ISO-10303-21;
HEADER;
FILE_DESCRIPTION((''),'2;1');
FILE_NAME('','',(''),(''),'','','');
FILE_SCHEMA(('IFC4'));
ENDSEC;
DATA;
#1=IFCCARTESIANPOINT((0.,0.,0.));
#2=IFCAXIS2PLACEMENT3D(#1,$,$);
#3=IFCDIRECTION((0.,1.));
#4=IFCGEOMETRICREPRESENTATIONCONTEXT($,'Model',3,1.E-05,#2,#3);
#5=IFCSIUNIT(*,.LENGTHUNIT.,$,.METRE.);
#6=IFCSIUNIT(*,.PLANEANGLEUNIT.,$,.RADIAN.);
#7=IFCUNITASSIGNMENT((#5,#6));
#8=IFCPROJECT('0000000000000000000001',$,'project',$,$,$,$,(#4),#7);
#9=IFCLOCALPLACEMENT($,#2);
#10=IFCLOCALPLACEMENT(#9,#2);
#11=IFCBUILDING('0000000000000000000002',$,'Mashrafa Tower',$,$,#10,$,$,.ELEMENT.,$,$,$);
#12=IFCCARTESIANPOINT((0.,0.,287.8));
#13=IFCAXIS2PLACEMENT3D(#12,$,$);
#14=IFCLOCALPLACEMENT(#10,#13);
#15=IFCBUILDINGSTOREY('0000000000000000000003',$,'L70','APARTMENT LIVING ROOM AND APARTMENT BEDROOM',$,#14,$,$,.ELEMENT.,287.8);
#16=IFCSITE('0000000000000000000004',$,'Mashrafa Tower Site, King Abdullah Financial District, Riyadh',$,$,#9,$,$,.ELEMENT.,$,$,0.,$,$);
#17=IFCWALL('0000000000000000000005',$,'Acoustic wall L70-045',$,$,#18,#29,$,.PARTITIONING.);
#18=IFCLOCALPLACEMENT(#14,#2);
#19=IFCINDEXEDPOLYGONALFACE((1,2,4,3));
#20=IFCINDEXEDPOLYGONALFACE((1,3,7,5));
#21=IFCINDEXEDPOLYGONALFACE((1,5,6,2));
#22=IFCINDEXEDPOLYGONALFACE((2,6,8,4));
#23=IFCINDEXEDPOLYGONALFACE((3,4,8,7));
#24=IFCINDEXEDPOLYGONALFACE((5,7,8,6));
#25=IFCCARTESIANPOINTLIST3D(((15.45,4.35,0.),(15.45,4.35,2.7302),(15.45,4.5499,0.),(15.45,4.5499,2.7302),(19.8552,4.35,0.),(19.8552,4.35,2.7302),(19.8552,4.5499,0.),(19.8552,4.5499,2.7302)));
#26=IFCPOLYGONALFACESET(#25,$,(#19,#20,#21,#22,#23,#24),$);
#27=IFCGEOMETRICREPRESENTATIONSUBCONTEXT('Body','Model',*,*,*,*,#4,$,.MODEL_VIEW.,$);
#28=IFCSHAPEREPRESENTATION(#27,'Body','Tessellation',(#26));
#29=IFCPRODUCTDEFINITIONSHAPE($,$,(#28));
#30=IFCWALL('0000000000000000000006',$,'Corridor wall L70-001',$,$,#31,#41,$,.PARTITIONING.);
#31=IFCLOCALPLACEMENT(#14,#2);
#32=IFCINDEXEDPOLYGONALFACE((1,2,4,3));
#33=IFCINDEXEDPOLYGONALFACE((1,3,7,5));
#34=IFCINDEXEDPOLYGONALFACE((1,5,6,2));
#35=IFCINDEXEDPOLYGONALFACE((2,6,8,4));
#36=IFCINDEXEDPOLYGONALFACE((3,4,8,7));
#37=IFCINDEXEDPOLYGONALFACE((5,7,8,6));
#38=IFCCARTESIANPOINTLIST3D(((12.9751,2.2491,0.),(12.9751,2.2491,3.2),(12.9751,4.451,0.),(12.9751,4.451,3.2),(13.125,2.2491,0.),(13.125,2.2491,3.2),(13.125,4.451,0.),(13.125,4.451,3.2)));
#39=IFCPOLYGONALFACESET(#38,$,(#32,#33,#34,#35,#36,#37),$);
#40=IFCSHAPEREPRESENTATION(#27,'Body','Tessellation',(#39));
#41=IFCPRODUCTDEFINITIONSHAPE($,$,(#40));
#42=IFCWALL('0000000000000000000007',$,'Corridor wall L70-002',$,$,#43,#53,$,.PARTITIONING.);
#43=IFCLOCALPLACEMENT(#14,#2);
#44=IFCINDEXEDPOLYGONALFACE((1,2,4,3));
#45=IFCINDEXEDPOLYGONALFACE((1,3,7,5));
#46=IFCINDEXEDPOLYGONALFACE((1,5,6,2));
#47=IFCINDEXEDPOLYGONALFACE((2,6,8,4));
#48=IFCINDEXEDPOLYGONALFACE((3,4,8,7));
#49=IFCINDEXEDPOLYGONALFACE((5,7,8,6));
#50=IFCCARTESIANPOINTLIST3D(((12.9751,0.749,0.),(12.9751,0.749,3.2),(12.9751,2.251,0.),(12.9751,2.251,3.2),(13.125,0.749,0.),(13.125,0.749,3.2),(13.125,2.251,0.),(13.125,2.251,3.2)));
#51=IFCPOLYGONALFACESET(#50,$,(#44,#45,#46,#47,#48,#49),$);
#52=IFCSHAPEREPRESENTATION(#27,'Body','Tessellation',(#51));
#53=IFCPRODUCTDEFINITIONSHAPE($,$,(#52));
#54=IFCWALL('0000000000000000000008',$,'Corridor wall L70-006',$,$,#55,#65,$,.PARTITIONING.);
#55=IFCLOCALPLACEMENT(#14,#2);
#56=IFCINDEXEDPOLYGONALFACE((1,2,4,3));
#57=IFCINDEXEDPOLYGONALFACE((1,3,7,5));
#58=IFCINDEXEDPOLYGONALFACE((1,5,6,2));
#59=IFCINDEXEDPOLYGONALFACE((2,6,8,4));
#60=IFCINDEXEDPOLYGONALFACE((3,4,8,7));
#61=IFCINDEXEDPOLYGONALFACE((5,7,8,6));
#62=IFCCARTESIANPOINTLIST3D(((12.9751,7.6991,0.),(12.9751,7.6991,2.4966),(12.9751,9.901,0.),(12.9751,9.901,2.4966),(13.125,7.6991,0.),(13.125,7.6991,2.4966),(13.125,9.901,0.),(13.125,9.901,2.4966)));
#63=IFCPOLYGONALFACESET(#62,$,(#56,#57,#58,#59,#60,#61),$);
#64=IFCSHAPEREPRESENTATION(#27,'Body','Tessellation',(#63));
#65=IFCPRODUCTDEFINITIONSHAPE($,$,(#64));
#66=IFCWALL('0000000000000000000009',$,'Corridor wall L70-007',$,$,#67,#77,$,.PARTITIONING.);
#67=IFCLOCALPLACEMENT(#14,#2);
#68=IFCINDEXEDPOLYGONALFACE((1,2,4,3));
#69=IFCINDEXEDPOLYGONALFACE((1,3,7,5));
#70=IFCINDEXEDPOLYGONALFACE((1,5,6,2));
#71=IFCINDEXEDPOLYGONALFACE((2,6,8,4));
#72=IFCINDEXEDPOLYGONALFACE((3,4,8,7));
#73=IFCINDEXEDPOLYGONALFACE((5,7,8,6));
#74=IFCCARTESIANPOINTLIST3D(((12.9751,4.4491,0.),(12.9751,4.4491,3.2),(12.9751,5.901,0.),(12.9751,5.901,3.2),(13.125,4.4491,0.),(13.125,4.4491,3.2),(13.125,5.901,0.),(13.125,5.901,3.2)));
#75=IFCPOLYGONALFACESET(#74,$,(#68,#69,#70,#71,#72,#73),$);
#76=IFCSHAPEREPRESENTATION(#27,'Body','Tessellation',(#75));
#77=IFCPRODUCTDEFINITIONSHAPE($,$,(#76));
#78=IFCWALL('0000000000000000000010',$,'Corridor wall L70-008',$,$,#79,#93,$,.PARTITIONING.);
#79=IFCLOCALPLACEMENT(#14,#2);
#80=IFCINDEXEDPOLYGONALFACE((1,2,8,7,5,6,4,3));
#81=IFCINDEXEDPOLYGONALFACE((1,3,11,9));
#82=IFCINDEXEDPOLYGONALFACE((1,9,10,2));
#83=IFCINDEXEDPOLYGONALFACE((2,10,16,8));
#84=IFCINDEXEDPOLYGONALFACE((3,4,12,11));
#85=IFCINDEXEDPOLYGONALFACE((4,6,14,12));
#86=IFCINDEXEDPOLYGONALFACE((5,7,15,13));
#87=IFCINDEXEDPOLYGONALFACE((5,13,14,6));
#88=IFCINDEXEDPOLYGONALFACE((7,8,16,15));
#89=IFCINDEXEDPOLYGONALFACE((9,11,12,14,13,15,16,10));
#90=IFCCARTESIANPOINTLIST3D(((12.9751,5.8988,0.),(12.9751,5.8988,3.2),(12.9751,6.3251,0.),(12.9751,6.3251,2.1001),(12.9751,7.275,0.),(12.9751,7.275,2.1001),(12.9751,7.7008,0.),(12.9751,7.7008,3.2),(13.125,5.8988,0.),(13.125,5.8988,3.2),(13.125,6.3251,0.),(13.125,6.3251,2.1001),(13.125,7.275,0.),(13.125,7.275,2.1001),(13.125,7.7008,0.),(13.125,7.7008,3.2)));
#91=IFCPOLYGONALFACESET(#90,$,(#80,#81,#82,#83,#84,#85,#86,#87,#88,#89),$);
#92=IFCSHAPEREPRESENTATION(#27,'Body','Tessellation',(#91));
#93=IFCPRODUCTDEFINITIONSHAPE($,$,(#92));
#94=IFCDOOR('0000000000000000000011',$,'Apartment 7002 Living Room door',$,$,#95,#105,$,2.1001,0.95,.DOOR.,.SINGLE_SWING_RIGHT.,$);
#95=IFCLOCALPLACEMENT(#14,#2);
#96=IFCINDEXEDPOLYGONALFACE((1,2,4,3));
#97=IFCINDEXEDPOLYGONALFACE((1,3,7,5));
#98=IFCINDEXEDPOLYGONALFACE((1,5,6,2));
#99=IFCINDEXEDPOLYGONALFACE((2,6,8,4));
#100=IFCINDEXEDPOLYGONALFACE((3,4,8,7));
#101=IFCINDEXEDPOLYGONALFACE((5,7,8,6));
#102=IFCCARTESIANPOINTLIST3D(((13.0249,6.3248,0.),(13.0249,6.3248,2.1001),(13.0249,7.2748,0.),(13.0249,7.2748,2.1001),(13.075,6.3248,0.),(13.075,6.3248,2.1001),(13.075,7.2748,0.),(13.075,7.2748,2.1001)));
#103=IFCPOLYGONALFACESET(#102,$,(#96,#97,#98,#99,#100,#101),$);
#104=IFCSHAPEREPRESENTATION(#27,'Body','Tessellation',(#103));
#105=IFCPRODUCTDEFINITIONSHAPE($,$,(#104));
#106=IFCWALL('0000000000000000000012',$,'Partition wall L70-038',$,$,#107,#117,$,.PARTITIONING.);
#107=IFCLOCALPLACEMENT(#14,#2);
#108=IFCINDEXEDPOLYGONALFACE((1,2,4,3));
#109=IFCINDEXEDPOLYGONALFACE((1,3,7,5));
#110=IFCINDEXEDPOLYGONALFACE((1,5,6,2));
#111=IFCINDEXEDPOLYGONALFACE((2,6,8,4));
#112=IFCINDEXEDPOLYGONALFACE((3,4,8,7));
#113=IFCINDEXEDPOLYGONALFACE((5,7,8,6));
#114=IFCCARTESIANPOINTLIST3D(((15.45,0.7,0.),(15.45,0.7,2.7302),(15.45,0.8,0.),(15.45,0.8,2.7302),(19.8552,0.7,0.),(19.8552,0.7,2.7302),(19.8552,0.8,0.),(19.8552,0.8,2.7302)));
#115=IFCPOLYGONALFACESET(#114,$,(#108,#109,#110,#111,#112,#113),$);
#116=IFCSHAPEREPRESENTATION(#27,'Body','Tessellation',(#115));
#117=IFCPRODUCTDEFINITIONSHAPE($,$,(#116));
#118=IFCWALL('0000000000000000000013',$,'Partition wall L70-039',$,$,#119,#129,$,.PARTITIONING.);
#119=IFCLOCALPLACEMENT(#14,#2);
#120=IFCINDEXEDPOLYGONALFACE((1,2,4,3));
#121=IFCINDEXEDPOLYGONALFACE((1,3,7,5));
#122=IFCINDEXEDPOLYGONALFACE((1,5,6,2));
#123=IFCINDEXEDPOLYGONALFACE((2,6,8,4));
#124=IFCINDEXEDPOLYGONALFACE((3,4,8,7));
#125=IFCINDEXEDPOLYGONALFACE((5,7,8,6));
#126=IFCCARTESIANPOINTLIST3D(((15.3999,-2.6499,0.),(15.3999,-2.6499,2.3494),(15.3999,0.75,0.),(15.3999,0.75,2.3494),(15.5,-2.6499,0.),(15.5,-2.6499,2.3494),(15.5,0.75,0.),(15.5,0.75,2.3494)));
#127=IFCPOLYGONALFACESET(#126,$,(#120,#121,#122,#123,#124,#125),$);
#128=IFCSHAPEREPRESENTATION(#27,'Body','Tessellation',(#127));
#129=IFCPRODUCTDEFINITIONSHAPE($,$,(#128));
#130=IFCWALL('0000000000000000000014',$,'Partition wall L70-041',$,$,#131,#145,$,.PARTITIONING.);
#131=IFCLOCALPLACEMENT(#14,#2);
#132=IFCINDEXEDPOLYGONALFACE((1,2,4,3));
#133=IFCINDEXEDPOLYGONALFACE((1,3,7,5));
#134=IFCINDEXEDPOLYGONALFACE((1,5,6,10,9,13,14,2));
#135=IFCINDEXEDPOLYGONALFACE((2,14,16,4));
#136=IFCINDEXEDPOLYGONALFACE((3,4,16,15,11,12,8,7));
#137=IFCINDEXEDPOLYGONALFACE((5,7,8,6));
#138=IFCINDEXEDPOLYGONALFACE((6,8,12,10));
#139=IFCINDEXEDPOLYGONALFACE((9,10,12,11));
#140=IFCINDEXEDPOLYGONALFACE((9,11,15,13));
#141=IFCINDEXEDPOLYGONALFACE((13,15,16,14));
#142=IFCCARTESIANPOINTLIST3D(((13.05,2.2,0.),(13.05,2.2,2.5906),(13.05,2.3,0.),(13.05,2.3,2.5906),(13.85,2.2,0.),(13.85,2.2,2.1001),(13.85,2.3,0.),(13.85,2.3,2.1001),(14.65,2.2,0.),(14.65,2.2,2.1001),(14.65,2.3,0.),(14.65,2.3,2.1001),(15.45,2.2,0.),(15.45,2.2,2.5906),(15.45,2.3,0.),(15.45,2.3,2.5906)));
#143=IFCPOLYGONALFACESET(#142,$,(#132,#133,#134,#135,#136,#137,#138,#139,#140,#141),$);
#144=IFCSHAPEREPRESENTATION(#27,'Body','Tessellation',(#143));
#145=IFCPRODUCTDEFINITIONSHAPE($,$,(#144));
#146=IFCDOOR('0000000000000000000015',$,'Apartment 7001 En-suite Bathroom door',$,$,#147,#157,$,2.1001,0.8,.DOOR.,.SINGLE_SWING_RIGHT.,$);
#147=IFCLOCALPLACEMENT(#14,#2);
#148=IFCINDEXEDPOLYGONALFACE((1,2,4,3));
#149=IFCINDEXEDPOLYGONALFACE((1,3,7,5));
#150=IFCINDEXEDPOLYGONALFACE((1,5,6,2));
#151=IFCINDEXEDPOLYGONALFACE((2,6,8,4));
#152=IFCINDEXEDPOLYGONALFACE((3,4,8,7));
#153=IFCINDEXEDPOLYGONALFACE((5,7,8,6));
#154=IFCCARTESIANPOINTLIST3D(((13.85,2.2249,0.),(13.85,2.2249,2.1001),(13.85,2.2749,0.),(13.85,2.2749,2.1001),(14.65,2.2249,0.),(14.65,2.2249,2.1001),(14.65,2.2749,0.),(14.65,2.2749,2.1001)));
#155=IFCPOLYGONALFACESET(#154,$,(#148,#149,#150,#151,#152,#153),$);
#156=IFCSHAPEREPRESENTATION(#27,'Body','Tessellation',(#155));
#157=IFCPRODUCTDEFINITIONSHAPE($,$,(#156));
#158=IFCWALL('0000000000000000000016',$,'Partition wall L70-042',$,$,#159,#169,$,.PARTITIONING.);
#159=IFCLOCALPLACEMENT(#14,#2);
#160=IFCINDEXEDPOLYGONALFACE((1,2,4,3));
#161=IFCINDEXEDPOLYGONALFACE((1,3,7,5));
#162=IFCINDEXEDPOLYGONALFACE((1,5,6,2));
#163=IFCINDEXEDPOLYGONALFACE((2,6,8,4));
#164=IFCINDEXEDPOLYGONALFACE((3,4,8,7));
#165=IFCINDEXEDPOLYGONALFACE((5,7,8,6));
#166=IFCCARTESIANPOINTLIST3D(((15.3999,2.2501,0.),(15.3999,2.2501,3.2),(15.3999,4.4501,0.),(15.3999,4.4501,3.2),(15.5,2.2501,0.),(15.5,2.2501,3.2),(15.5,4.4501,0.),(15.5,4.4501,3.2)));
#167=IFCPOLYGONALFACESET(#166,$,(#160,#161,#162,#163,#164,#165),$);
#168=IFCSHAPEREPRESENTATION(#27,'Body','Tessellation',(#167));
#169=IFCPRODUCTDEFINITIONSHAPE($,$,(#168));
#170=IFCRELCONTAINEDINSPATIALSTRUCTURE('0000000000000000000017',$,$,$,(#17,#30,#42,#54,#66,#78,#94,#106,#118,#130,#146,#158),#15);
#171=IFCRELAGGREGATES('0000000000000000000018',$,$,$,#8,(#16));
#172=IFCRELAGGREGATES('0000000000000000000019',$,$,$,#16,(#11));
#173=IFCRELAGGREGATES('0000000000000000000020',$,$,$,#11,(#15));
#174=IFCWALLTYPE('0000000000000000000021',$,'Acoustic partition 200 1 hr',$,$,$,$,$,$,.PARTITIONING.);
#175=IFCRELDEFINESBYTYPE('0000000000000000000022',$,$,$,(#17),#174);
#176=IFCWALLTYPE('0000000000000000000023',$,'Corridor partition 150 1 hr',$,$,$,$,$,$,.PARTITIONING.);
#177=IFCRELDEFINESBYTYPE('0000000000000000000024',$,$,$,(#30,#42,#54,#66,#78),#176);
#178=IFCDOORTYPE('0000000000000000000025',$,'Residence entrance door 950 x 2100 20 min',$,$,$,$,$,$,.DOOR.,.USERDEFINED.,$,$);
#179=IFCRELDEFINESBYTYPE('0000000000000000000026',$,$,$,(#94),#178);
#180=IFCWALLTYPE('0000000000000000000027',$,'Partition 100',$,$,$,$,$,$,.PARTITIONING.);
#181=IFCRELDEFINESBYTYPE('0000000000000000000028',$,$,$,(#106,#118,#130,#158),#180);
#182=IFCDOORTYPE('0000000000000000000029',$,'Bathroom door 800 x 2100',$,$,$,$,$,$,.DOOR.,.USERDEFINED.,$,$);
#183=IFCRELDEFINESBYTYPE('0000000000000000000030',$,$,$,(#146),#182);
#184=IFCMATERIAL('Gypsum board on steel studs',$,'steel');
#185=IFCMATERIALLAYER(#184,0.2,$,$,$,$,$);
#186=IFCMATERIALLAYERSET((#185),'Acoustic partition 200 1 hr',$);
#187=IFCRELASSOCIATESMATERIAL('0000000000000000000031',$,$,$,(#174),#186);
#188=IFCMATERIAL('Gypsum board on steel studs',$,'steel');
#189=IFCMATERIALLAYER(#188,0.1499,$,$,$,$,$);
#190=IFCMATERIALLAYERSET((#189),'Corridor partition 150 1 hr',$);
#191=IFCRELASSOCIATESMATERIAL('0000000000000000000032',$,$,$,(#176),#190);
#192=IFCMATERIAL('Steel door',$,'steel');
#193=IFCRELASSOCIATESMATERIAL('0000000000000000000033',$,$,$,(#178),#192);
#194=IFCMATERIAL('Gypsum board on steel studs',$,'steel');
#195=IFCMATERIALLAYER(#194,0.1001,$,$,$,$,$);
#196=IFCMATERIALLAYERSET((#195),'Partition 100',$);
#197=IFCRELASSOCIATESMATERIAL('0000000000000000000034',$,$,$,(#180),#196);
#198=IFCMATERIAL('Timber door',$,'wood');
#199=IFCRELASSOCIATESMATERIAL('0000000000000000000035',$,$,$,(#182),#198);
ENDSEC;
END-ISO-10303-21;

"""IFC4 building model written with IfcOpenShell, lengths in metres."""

from ifc_helpers import new_model, si_unit, direction, frame, frame_2d, origin, place, context, subcontext, project, spatial, rectangle, extrude, material, layer, layer_set, type_object, element, fill, save


model = new_model("IFC4")

# Units and contexts
model_context = context("Model", 3, precision=1e-05, world=origin(), true_north=direction((0.0, 1.0)))
body_context = subcontext(model_context, "Body", "Model", "MODEL_VIEW")
ifc_project = project(units=[si_unit("LENGTHUNIT", "METRE"), si_unit("PLANEANGLEUNIT", "RADIAN")], contexts=[model_context])

# Site, building, storey
site_placement = place(None, origin())
site = spatial("IfcSite", under=ifc_project, at=site_placement, Name="Mashrafa Tower Site, King Abdullah Financial District, Riyadh", CompositionType="ELEMENT", RefElevation=0.0)
building_placement = place(site_placement, origin())
building = spatial("IfcBuilding", under=site, at=building_placement, Name="Mashrafa Tower", CompositionType="ELEMENT")
storey_placement = place(building_placement, frame((0.0, 0.0, 287.8)))
storey = spatial("IfcBuildingStorey", under=building, at=storey_placement, Name="L70", Description="APARTMENT LIVING ROOM AND APARTMENT BEDROOM", CompositionType="ELEMENT", Elevation=287.8)

# Walls
ifc_material_1 = material(Name="Gypsum board on steel studs", Category="steel")
ifc_layer_1 = layer(ifc_material_1, 0.2)
ifc_layer_set_1 = layer_set([ifc_layer_1], Name="Acoustic partition 200 1 hr")
wall_type_1 = type_object("IfcWallType", Name="Acoustic partition 200 1 hr", PredefinedType="PARTITIONING", material=ifc_layer_set_1)
wall_1_placement = place(storey_placement, frame((19.8552, 4.45, 0.0), z_axis=(0.0, 0.0, 1.0), x_axis=(-1.0, 0.0, 0.0)))
element("IfcWall", 1, at=wall_1_placement, inside=storey, type_object=wall_type_1, Name="Acoustic wall L70-045", PredefinedType="PARTITIONING", context=body_context, shape_type="SweptSolid", body=[
    extrude(rectangle(XDim=4.4053, YDim=0.2, at=frame_2d((2.2026, 0.0))), origin(), (0.0, 0.0, 1.0), 2.7302),
])
ifc_material_2 = material(Name="Gypsum board on steel studs", Category="steel")
ifc_layer_2 = layer(ifc_material_2, 0.1499)
ifc_layer_set_2 = layer_set([ifc_layer_2], Name="Corridor partition 150 1 hr")
wall_type_2 = type_object("IfcWallType", Name="Corridor partition 150 1 hr", PredefinedType="PARTITIONING", material=ifc_layer_set_2)
wall_2_placement = place(storey_placement, frame((13.05, 2.249, 0.0), z_axis=(0.0, 0.0, 1.0), x_axis=(0.0, 1.0, 0.0)))
element("IfcWall", 2, at=wall_2_placement, inside=storey, type_object=wall_type_2, Name="Corridor wall L70-001", PredefinedType="PARTITIONING", context=body_context, shape_type="SweptSolid", body=[
    extrude(rectangle(XDim=2.2019, YDim=0.1499, at=frame_2d((1.1011, 0.0))), origin(), (0.0, 0.0, 1.0), 3.2),
])
wall_3_placement = place(storey_placement, frame((13.05, 0.749, 0.0), z_axis=(0.0, 0.0, 1.0), x_axis=(0.0, 1.0, 0.0)))
element("IfcWall", 3, at=wall_3_placement, inside=storey, type_object=wall_type_2, Name="Corridor wall L70-002", PredefinedType="PARTITIONING", context=body_context, shape_type="SweptSolid", body=[
    extrude(rectangle(XDim=1.502, YDim=0.1499, at=frame_2d((0.751, 0.0))), origin(), (0.0, 0.0, 1.0), 3.2),
])
wall_4_placement = place(storey_placement, frame((13.05, 7.699, 0.0), z_axis=(0.0, 0.0, 1.0), x_axis=(0.0, 1.0, 0.0)))
element("IfcWall", 4, at=wall_4_placement, inside=storey, type_object=wall_type_2, Name="Corridor wall L70-006", PredefinedType="PARTITIONING", context=body_context, shape_type="SweptSolid", body=[
    extrude(rectangle(XDim=2.2019, YDim=0.1499, at=frame_2d((1.1011, 0.0))), origin(), (0.0, 0.0, 1.0), 2.4966),
])
wall_5_placement = place(storey_placement, frame((13.05, 4.449, 0.0), z_axis=(0.0, 0.0, 1.0), x_axis=(0.0, 1.0, 0.0)))
element("IfcWall", 5, at=wall_5_placement, inside=storey, type_object=wall_type_2, Name="Corridor wall L70-007", PredefinedType="PARTITIONING", context=body_context, shape_type="SweptSolid", body=[
    extrude(rectangle(XDim=1.4519, YDim=0.1499, at=frame_2d((0.7261, 0.0))), origin(), (0.0, 0.0, 1.0), 3.2),
])

# Wall, opening, door
wall_6_placement = place(storey_placement, frame((13.05, 5.8989, 0.0), z_axis=(0.0, 0.0, 1.0), x_axis=(0.0, 1.0, 0.0)))
wall_6 = element("IfcWall", 6, at=wall_6_placement, inside=storey, type_object=wall_type_2, Name="Corridor wall L70-008", PredefinedType="PARTITIONING", context=body_context, shape_type="SweptSolid", body=[
    extrude(rectangle(XDim=1.802, YDim=0.1499, at=frame_2d((0.9009, 0.0))), origin(), (0.0, 0.0, 1.0), 3.2),
])
opening_1_placement = place(wall_6_placement, frame((0.426, 0.0, 0.0)))
opening_1 = element("IfcOpeningElement", 7, at=opening_1_placement, cuts=wall_6, PredefinedType="OPENING", context=body_context, shape_type="SweptSolid", body=[
    extrude(rectangle(XDim=0.95, YDim=2.1001, at=frame_2d((0.4751, 1.05))), frame((0.0, 0.085, 0.0), z_axis=(0.0, -1.0, 0.0), x_axis=(1.0, 0.0, 0.0)), (0.0, 0.0, 1.0), 0.1699),
])
ifc_material_3 = material(Name="Steel door", Category="steel")
door_type_1 = type_object("IfcDoorType", Name="Residence entrance door 950 x 2100 20 min", OperationType="USERDEFINED", PredefinedType="DOOR", material=ifc_material_3)
door_1_placement = place(opening_1_placement, frame((0.95, 0.0, 0.0), z_axis=(0.0, 0.0, 1.0), x_axis=(-1.0, 0.0, 0.0)))
door_1 = element("IfcDoor", 8, at=door_1_placement, inside=storey, type_object=door_type_1, Name="Apartment 7002 Living Room door", OperationType="SINGLE_SWING_RIGHT", OverallHeight=2.1001, OverallWidth=0.95, PredefinedType="DOOR", context=body_context, shape_type="SweptSolid", body=[
    extrude(rectangle(XDim=0.95, YDim=2.1001, at=frame_2d((0.4751, 1.05))), frame((0.0, 0.0249, 0.0), z_axis=(0.0, -1.0, 0.0), x_axis=(1.0, 0.0, 0.0)), (0.0, 0.0, 1.0), 0.05),
])
fill(opening_1, door_1)

# Walls
ifc_material_4 = material(Name="Gypsum board on steel studs", Category="steel")
ifc_layer_3 = layer(ifc_material_4, 0.1001)
ifc_layer_set_3 = layer_set([ifc_layer_3], Name="Partition 100")
wall_type_3 = type_object("IfcWallType", Name="Partition 100", PredefinedType="PARTITIONING", material=ifc_layer_set_3)
wall_7_placement = place(storey_placement, frame((19.8552, 0.75, 0.0), z_axis=(0.0, 0.0, 1.0), x_axis=(-1.0, 0.0, 0.0)))
element("IfcWall", 9, at=wall_7_placement, inside=storey, type_object=wall_type_3, Name="Partition wall L70-038", PredefinedType="PARTITIONING", context=body_context, shape_type="SweptSolid", body=[
    extrude(rectangle(XDim=4.4053, YDim=0.1001, at=frame_2d((2.2026, 0.0))), origin(), (0.0, 0.0, 1.0), 2.7302),
])
wall_8_placement = place(storey_placement, frame((15.45, 0.75, 0.0), z_axis=(0.0, 0.0, 1.0), x_axis=(0.0, -1.0, 0.0)))
element("IfcWall", 10, at=wall_8_placement, inside=storey, type_object=wall_type_3, Name="Partition wall L70-039", PredefinedType="PARTITIONING", context=body_context, shape_type="SweptSolid", body=[
    extrude(rectangle(XDim=3.3999, YDim=0.1001, at=frame_2d((1.7, 0.0))), origin(), (0.0, 0.0, 1.0), 2.3494),
])

# Wall, opening, door
wall_9_placement = place(storey_placement, frame((13.05, 2.25, 0.0), z_axis=(0.0, 0.0, 1.0), x_axis=(1.0, 0.0, 0.0)))
wall_9 = element("IfcWall", 11, at=wall_9_placement, inside=storey, type_object=wall_type_3, Name="Partition wall L70-041", PredefinedType="PARTITIONING", context=body_context, shape_type="SweptSolid", body=[
    extrude(rectangle(XDim=2.3999, YDim=0.1001, at=frame_2d((1.2, 0.0))), origin(), (0.0, 0.0, 1.0), 2.5906),
])
opening_2_placement = place(wall_9_placement, frame((0.8, 0.0, 0.0)))
opening_2 = element("IfcOpeningElement", 12, at=opening_2_placement, cuts=wall_9, PredefinedType="OPENING", context=body_context, shape_type="SweptSolid", body=[
    extrude(rectangle(XDim=0.8, YDim=2.1001, at=frame_2d((0.3999, 1.05))), frame((0.0, 0.0601, 0.0), z_axis=(0.0, -1.0, 0.0), x_axis=(1.0, 0.0, 0.0)), (0.0, 0.0, 1.0), 0.1201),
])
ifc_material_5 = material(Name="Timber door", Category="wood")
door_type_2 = type_object("IfcDoorType", Name="Bathroom door 800 x 2100", OperationType="USERDEFINED", PredefinedType="DOOR", material=ifc_material_5)
door_2_placement = place(opening_2_placement, origin())
door_2 = element("IfcDoor", 13, at=door_2_placement, inside=storey, type_object=door_type_2, Name="Apartment 7001 En-suite Bathroom door", OperationType="SINGLE_SWING_RIGHT", OverallHeight=2.1001, OverallWidth=0.8, PredefinedType="DOOR", context=body_context, shape_type="SweptSolid", body=[
    extrude(rectangle(XDim=0.8, YDim=2.1001, at=frame_2d((0.3999, 1.05))), frame((0.0, 0.0249, 0.0), z_axis=(0.0, -1.0, 0.0), x_axis=(1.0, 0.0, 0.0)), (0.0, 0.0, 1.0), 0.05),
])
fill(opening_2, door_2)

# Wall
wall_10_placement = place(storey_placement, frame((15.45, 2.25, 0.0), z_axis=(0.0, 0.0, 1.0), x_axis=(0.0, 1.0, 0.0)))
element("IfcWall", 14, at=wall_10_placement, inside=storey, type_object=wall_type_3, Name="Partition wall L70-042", PredefinedType="PARTITIONING", context=body_context, shape_type="SweptSolid", body=[
    extrude(rectangle(XDim=2.2, YDim=0.1001, at=frame_2d((1.1001, 0.0))), origin(), (0.0, 0.0, 1.0), 3.2),
])

save(model, "model.ifc")
